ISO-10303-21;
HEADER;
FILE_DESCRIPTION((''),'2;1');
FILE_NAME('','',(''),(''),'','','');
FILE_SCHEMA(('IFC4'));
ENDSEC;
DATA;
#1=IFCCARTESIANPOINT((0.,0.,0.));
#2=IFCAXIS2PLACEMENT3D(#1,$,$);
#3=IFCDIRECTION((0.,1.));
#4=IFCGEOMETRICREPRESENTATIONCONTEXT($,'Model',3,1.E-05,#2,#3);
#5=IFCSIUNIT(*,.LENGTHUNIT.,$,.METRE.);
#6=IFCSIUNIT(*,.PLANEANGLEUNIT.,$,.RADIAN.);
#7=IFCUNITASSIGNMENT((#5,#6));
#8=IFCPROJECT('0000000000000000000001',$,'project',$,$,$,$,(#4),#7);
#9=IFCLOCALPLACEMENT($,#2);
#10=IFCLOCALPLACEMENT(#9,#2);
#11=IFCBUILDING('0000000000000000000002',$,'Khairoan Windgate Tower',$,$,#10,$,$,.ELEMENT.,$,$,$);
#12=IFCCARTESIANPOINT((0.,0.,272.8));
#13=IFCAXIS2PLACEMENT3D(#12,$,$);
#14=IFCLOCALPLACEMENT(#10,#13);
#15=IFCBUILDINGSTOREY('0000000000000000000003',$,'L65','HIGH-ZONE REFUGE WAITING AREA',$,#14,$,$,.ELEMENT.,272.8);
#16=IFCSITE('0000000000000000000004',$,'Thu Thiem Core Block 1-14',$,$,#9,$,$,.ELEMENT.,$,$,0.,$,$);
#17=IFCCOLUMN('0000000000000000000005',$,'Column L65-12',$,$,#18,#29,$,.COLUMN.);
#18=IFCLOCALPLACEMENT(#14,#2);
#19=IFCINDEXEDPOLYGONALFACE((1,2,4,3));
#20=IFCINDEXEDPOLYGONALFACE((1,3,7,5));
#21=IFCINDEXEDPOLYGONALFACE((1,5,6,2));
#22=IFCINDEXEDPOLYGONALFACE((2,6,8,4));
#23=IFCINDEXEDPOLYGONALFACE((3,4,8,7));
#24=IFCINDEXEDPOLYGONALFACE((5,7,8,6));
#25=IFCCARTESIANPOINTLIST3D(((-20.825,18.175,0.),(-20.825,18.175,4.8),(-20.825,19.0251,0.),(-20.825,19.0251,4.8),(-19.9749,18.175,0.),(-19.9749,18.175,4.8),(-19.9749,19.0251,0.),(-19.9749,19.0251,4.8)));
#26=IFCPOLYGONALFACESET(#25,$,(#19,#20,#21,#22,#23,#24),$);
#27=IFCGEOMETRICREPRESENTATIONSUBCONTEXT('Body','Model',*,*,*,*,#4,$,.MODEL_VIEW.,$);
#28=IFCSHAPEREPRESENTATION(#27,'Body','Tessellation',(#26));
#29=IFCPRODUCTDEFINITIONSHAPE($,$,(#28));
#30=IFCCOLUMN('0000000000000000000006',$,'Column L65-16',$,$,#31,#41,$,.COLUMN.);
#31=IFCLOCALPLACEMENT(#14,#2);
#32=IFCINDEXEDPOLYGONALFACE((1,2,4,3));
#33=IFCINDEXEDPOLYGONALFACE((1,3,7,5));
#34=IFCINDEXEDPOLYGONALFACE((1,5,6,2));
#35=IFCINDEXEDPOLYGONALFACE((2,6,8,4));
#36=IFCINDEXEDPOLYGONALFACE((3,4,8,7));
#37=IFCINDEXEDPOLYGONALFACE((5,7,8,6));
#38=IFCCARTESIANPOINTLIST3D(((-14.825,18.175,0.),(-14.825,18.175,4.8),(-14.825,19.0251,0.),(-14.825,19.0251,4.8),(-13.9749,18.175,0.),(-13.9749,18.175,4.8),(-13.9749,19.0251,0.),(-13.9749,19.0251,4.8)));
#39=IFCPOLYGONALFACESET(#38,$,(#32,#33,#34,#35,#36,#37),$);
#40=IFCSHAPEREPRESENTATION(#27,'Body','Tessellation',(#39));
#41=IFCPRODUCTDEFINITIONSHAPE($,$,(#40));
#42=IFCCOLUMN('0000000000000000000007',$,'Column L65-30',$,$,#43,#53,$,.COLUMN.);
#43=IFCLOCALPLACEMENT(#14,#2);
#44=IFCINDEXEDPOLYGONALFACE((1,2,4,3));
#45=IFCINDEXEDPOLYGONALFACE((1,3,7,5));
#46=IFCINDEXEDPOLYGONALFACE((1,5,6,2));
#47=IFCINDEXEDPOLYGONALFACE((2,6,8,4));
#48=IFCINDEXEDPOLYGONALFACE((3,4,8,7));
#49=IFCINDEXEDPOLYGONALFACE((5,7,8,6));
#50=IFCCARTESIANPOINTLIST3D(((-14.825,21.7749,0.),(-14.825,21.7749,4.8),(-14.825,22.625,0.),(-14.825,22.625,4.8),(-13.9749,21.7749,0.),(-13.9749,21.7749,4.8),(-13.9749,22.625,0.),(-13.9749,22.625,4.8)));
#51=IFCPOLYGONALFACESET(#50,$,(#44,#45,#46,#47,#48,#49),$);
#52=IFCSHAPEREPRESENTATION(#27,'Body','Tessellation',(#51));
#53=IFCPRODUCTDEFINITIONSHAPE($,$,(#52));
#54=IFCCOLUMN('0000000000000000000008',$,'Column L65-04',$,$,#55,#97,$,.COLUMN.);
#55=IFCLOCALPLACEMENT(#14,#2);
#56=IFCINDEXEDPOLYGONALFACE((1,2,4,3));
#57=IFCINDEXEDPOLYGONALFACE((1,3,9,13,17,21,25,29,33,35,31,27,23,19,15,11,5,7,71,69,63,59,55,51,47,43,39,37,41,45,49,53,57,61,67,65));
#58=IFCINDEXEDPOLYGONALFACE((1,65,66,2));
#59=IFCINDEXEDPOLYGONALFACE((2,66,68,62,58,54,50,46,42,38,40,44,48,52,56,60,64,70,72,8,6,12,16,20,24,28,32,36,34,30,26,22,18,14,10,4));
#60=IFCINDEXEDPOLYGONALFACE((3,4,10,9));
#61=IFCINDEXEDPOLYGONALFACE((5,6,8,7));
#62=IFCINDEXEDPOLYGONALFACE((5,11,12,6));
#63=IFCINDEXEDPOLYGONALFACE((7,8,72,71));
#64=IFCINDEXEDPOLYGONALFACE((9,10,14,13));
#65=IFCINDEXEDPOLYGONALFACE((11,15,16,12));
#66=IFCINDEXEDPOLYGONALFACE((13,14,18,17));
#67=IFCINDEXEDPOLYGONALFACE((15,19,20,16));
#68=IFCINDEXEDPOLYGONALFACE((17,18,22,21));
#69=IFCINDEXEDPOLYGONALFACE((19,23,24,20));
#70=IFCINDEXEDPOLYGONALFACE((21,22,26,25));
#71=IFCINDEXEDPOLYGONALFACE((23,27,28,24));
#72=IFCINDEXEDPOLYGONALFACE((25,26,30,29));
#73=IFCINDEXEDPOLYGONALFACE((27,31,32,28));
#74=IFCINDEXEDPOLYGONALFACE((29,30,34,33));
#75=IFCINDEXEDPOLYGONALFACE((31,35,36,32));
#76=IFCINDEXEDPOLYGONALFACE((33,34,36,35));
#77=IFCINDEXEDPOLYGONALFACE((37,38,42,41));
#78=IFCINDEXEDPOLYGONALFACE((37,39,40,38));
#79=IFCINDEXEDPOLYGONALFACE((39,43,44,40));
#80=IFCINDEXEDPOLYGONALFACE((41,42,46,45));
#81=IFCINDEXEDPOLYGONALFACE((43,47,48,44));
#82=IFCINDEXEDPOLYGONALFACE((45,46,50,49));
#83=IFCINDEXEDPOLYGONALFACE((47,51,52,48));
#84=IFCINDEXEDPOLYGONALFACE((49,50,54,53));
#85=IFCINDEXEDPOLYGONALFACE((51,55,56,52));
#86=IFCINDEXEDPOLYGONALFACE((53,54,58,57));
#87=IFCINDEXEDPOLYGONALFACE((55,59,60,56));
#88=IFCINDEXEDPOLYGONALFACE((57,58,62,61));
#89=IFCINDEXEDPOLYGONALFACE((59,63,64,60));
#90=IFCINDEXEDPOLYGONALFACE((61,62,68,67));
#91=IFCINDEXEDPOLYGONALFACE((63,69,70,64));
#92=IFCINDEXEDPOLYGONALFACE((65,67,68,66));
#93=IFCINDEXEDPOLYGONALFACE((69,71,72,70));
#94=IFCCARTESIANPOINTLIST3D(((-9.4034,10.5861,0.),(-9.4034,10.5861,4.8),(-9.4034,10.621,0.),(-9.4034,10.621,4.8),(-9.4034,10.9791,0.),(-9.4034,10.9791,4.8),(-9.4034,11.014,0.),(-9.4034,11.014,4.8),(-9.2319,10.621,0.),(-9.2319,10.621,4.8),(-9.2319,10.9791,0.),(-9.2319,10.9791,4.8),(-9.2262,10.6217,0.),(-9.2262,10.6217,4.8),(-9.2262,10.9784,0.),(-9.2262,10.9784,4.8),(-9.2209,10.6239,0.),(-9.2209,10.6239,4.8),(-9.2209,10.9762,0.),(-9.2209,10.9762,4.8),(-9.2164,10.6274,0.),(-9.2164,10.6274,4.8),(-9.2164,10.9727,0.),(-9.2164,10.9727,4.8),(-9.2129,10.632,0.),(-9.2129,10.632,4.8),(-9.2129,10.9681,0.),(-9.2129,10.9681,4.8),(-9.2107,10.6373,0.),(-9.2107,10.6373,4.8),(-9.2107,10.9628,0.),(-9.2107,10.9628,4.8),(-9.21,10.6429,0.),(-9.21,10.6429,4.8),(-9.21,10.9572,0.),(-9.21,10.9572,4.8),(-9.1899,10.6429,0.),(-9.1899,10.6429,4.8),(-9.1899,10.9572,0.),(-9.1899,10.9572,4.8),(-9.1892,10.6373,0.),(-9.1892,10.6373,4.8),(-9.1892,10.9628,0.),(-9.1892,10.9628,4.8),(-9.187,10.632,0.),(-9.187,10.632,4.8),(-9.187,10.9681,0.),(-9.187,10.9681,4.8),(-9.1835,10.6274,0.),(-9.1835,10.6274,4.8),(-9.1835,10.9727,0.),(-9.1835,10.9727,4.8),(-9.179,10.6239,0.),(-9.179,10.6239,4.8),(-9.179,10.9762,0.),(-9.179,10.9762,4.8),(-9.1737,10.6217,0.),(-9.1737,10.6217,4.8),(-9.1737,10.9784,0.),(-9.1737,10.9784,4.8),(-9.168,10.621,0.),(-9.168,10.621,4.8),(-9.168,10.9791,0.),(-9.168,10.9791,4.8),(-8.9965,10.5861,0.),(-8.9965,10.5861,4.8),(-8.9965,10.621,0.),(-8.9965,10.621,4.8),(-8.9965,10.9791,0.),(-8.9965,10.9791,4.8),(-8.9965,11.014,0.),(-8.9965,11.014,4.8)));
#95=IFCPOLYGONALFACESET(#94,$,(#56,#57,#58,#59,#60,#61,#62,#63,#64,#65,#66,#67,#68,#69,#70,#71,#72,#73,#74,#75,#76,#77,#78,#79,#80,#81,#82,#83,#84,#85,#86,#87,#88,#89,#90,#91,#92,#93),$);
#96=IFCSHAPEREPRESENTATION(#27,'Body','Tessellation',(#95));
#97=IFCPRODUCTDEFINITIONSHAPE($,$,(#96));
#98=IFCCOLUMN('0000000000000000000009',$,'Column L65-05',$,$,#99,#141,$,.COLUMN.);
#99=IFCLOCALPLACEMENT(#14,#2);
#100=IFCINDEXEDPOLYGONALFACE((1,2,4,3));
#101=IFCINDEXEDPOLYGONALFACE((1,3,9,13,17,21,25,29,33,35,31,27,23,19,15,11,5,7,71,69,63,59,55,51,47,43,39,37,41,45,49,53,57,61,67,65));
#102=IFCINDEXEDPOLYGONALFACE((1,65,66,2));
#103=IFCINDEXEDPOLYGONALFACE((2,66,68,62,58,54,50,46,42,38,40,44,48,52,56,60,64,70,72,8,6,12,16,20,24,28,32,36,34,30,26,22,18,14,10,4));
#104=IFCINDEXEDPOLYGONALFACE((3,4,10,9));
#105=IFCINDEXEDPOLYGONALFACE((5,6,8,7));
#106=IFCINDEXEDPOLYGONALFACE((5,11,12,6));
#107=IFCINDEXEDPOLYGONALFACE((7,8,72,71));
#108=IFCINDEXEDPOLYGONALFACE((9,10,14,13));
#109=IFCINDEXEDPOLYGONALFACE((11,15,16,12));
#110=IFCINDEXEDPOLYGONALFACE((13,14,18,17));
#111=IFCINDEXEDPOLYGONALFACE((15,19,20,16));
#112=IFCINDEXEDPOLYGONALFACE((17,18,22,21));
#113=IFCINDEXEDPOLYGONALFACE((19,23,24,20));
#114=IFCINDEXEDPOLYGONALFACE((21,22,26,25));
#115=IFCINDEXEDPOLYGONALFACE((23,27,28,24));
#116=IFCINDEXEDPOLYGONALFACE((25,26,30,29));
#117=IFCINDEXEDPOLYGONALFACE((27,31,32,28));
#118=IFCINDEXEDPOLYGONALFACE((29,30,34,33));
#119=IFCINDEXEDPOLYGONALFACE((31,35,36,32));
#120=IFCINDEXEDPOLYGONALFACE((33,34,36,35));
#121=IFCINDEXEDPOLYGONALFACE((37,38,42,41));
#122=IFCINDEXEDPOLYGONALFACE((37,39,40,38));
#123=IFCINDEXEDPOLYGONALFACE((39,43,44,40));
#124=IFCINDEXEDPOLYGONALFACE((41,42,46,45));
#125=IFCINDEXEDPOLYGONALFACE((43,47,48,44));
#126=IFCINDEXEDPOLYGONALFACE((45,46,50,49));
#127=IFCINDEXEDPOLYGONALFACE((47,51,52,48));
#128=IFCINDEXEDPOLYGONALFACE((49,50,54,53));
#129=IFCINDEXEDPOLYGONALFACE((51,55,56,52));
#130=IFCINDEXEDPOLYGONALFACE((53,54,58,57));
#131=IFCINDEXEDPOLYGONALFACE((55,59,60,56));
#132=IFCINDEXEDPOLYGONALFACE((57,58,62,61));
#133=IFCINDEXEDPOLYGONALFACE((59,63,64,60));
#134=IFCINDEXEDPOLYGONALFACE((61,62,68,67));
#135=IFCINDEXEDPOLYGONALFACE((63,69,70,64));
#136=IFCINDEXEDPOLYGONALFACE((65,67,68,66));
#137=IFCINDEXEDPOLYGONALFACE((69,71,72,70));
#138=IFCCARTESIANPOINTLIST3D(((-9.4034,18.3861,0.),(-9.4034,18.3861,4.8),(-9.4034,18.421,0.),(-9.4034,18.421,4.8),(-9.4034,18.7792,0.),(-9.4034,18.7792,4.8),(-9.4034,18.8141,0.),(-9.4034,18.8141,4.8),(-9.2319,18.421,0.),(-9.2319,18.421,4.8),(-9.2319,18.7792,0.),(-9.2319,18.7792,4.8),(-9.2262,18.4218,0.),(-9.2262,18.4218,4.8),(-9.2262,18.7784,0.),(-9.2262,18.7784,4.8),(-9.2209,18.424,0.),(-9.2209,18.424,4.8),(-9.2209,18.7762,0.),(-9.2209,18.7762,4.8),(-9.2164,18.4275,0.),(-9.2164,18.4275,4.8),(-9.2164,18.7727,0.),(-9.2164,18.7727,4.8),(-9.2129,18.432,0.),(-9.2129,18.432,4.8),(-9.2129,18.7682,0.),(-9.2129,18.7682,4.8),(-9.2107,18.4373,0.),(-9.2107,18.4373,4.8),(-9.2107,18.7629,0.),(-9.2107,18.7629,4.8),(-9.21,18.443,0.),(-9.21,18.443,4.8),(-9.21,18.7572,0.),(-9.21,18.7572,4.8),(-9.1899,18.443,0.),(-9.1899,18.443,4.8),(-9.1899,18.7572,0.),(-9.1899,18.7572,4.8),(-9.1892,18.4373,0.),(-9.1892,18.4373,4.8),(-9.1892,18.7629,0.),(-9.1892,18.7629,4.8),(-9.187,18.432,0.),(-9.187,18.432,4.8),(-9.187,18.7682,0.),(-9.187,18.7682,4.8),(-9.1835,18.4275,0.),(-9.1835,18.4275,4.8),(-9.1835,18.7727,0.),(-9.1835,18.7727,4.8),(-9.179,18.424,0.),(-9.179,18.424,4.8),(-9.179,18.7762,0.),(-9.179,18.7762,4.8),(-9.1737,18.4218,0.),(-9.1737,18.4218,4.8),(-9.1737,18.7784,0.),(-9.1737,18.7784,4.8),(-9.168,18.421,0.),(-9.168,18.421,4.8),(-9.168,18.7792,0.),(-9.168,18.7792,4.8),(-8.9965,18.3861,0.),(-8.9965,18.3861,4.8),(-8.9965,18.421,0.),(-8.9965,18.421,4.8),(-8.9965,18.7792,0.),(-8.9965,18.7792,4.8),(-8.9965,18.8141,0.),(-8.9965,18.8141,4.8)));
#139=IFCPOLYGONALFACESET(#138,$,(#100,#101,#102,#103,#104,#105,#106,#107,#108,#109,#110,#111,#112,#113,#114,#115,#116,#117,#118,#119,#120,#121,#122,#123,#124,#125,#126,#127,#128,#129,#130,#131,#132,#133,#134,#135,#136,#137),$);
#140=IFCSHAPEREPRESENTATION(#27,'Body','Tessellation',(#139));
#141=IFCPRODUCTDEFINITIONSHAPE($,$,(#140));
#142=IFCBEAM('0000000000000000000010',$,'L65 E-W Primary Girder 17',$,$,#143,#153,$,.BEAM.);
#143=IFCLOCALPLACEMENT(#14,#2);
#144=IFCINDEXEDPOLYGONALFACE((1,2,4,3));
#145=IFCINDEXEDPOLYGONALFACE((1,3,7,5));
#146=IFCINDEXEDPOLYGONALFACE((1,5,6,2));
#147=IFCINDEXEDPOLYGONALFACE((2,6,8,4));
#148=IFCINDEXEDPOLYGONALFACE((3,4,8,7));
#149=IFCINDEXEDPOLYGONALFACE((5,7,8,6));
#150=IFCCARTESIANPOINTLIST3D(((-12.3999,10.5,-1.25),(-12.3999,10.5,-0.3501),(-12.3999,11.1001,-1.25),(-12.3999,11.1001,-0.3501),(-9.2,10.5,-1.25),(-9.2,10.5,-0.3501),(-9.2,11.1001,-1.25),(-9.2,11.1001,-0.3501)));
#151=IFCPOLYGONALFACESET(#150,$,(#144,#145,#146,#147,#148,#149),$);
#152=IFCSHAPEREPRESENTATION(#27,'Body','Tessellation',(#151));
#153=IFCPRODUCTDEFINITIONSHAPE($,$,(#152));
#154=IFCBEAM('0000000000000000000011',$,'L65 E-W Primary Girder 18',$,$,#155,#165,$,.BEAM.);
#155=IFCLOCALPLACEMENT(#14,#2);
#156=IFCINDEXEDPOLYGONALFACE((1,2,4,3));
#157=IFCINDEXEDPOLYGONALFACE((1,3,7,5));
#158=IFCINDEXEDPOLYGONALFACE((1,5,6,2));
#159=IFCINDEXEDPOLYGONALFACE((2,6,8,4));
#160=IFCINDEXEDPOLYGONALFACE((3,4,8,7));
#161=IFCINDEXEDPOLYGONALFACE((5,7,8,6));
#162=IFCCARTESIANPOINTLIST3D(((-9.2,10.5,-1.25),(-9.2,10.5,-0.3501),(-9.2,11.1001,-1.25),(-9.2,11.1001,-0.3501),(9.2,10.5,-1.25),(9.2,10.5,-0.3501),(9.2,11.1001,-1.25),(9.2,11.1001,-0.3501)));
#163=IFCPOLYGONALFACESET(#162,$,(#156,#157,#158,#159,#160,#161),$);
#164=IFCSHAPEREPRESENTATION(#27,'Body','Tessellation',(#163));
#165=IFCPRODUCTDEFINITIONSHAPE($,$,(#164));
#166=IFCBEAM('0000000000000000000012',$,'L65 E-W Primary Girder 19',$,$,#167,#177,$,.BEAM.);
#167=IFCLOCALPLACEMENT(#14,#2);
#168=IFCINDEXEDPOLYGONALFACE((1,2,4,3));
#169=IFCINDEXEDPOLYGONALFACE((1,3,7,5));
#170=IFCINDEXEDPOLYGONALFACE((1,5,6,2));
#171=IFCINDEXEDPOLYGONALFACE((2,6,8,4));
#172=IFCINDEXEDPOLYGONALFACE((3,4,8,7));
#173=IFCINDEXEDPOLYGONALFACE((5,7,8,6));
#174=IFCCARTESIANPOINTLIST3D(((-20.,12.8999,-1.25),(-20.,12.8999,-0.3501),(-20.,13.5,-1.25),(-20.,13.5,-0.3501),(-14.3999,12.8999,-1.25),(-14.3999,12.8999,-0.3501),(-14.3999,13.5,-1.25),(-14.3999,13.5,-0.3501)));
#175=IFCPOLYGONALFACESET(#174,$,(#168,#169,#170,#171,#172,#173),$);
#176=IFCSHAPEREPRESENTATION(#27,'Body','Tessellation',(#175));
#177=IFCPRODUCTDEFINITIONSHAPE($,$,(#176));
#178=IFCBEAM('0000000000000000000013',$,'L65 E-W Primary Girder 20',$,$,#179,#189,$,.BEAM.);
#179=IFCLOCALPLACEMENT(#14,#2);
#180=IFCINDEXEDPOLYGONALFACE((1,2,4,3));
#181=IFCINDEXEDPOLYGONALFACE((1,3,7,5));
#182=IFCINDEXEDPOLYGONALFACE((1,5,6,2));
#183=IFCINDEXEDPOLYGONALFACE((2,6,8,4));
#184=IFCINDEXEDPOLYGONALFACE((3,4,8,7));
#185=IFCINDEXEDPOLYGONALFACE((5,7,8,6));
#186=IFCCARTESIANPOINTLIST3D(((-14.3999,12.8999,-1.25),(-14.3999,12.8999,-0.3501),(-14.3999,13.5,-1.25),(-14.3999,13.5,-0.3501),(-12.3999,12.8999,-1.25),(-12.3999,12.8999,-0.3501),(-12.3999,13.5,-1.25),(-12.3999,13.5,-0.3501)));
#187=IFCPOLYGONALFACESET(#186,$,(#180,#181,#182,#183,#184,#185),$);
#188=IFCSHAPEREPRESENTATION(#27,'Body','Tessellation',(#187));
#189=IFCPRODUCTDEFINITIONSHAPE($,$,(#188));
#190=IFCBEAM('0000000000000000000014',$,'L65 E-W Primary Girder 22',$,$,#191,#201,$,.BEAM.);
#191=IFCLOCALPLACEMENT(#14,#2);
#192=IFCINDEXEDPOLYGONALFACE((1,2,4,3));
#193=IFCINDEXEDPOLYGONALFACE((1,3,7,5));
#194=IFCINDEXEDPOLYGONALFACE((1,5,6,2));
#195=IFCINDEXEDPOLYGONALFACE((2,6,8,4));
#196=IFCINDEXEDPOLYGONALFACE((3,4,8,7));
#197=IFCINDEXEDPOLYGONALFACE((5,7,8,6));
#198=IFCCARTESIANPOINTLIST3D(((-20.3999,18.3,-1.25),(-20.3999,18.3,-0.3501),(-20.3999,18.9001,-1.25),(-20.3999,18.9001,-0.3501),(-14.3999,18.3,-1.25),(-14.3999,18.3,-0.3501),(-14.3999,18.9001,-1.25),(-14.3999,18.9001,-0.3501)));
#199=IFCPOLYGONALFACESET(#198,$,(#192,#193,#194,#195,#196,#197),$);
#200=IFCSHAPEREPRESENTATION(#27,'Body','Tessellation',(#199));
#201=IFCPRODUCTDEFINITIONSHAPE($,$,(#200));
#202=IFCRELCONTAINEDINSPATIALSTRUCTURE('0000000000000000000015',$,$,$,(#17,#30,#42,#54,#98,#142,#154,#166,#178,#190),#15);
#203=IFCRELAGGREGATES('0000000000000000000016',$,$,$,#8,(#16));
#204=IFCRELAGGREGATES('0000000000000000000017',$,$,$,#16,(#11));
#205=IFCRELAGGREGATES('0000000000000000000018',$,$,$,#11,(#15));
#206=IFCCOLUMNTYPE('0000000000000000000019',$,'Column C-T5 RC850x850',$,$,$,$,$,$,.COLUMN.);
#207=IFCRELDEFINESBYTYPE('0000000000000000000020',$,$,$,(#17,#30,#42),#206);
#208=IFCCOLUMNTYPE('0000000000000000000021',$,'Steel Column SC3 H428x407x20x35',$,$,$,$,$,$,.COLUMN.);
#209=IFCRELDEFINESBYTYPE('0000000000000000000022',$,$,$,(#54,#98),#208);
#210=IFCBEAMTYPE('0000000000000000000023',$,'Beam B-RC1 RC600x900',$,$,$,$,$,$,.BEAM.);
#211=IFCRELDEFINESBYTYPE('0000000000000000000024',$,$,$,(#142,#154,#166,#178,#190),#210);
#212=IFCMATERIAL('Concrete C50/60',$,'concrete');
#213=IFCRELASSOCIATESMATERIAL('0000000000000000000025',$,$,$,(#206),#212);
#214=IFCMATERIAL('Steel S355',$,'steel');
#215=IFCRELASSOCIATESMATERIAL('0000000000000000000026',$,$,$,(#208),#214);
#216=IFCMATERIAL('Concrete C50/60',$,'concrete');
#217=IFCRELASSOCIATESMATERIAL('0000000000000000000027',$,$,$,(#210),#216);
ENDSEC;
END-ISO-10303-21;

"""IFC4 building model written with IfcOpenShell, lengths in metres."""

from ifc_helpers import new_model, si_unit, direction, frame, origin, origin_2d, place, context, subcontext, project, spatial, rectangle, i_section, extrude, material, material_profile, profile_set, type_object, element, save


model = new_model("IFC4")

# Units and contexts
model_context = context("Model", 3, precision=1e-05, world=origin(), true_north=direction((0.0, 1.0)))
body_context = subcontext(model_context, "Body", "Model", "MODEL_VIEW")
ifc_project = project(units=[si_unit("LENGTHUNIT", "METRE"), si_unit("PLANEANGLEUNIT", "RADIAN")], contexts=[model_context])

# Site, building, storey
site_placement = place(None, origin())
site = spatial("IfcSite", under=ifc_project, at=site_placement, Name="Thu Thiem Core Block 1-14", CompositionType="ELEMENT", RefElevation=0.0)
building_placement = place(site_placement, origin())
building = spatial("IfcBuilding", under=site, at=building_placement, Name="Khairoan Windgate Tower", CompositionType="ELEMENT")
storey_placement = place(building_placement, frame((0.0, 0.0, 272.8)))
storey = spatial("IfcBuildingStorey", under=building, at=storey_placement, Name="L65", Description="HIGH-ZONE REFUGE WAITING AREA", CompositionType="ELEMENT", Elevation=272.8)

# Columns
ifc_material_1 = material(Name="Concrete C50/60", Category="concrete")
ifc_material_profile_1 = material_profile(ifc_material_1, rectangle(XDim=0.8501, YDim=0.8501, at=origin_2d()))
ifc_profile_set_1 = profile_set([ifc_material_profile_1], Name="Concrete C50/60")
column_type_1 = type_object("IfcColumnType", Name="Column C-T5 RC850x850", PredefinedType="COLUMN", material=ifc_profile_set_1)
for number, where, z_axis, x_axis, name in (
    (1, (-20.3999, 18.6001, 0.0), (0.0, 0.0, 1.0), (1.0, 0.0, 0.0), "Column L65-12"),
    (2, (-14.3999, 18.6001, 0.0), (0.0, 0.0, 1.0), (1.0, 0.0, 0.0), "Column L65-16"),
    (3, (-14.3999, 22.2, 0.0), (0.0, 0.0, 1.0), (1.0, 0.0, 0.0), "Column L65-30"),
):
    element("IfcColumn", number, at=place(storey_placement, frame(where, z_axis=z_axis, x_axis=x_axis)), inside=storey, type_object=column_type_1, Name=name, PredefinedType="COLUMN", context=body_context, shape_type="SweptSolid", body=[
        extrude(rectangle(XDim=0.8501, YDim=0.8501, at=origin_2d()), origin(), (0.0, 0.0, 1.0), 4.8),
    ])
ifc_material_2 = material(Name="Steel S355", Category="steel")
ifc_material_profile_2 = material_profile(ifc_material_2, i_section(OverallWidth=0.407, OverallDepth=0.428, WebThickness=0.02, FlangeThickness=0.0349, FilletRadius=0.022, at=origin_2d()))
ifc_profile_set_2 = profile_set([ifc_material_profile_2], Name="Steel S355")
column_type_2 = type_object("IfcColumnType", Name="Steel Column SC3 H428x407x20x35", PredefinedType="COLUMN", material=ifc_profile_set_2)
for number, where, z_axis, x_axis, name in (
    (4, (-9.2, 10.8, 0.0), (0.0, 0.0, 1.0), (1.0, 0.0, 0.0), "Column L65-04"),
    (5, (-9.2, 18.6001, 0.0), (0.0, 0.0, 1.0), (1.0, 0.0, 0.0), "Column L65-05"),
):
    element("IfcColumn", number, at=place(storey_placement, frame(where, z_axis=z_axis, x_axis=x_axis)), inside=storey, type_object=column_type_2, Name=name, PredefinedType="COLUMN", context=body_context, shape_type="SweptSolid", body=[
        extrude(i_section(OverallWidth=0.407, OverallDepth=0.428, WebThickness=0.02, FlangeThickness=0.0349, FilletRadius=0.022, at=origin_2d()), origin(), (0.0, 0.0, 1.0), 4.8),
    ])

# Beams
ifc_material_3 = material(Name="Concrete C50/60", Category="concrete")
ifc_material_profile_3 = material_profile(ifc_material_3, rectangle(XDim=0.6001, YDim=0.8999, at=origin_2d()))
ifc_profile_set_3 = profile_set([ifc_material_profile_3], Name="Concrete C50/60")
beam_type_1 = type_object("IfcBeamType", Name="Beam B-RC1 RC600x900", PredefinedType="BEAM", material=ifc_profile_set_3)
beam_1_placement = place(storey_placement, frame((-12.3999, 10.8, -0.8), z_axis=(1.0, 0.0, 0.0), x_axis=(0.0, 1.0, 0.0)))
element("IfcBeam", 6, at=beam_1_placement, inside=storey, type_object=beam_type_1, Name="L65 E-W Primary Girder 17", PredefinedType="BEAM", context=body_context, shape_type="SweptSolid", body=[
    extrude(rectangle(XDim=0.6001, YDim=0.8999, at=origin_2d()), origin(), (0.0, 0.0, 1.0), 3.2),
])
beam_2_placement = place(storey_placement, frame((-9.2, 10.8, -0.8), z_axis=(1.0, 0.0, 0.0), x_axis=(0.0, 1.0, 0.0)))
element("IfcBeam", 7, at=beam_2_placement, inside=storey, type_object=beam_type_1, Name="L65 E-W Primary Girder 18", PredefinedType="BEAM", context=body_context, shape_type="SweptSolid", body=[
    extrude(rectangle(XDim=0.6001, YDim=0.8999, at=origin_2d()), origin(), (0.0, 0.0, 1.0), 18.3999),
])
beam_3_placement = place(storey_placement, frame((-20.0, 13.2, -0.8), z_axis=(1.0, 0.0, 0.0), x_axis=(0.0, 1.0, 0.0)))
element("IfcBeam", 8, at=beam_3_placement, inside=storey, type_object=beam_type_1, Name="L65 E-W Primary Girder 19", PredefinedType="BEAM", context=body_context, shape_type="SweptSolid", body=[
    extrude(rectangle(XDim=0.6001, YDim=0.8999, at=origin_2d()), origin(), (0.0, 0.0, 1.0), 5.6001),
])
beam_4_placement = place(storey_placement, frame((-14.3999, 13.2, -0.8), z_axis=(1.0, 0.0, 0.0), x_axis=(0.0, 1.0, 0.0)))
element("IfcBeam", 9, at=beam_4_placement, inside=storey, type_object=beam_type_1, Name="L65 E-W Primary Girder 20", PredefinedType="BEAM", context=body_context, shape_type="SweptSolid", body=[
    extrude(rectangle(XDim=0.6001, YDim=0.8999, at=origin_2d()), origin(), (0.0, 0.0, 1.0), 2.0),
])
beam_5_placement = place(storey_placement, frame((-20.3999, 18.6001, -0.8), z_axis=(1.0, 0.0, 0.0), x_axis=(0.0, 1.0, 0.0)))
element("IfcBeam", 10, at=beam_5_placement, inside=storey, type_object=beam_type_1, Name="L65 E-W Primary Girder 22", PredefinedType="BEAM", context=body_context, shape_type="SweptSolid", body=[
    extrude(rectangle(XDim=0.6001, YDim=0.8999, at=origin_2d()), origin(), (0.0, 0.0, 1.0), 6.0),
])

save(model, "model.ifc")
